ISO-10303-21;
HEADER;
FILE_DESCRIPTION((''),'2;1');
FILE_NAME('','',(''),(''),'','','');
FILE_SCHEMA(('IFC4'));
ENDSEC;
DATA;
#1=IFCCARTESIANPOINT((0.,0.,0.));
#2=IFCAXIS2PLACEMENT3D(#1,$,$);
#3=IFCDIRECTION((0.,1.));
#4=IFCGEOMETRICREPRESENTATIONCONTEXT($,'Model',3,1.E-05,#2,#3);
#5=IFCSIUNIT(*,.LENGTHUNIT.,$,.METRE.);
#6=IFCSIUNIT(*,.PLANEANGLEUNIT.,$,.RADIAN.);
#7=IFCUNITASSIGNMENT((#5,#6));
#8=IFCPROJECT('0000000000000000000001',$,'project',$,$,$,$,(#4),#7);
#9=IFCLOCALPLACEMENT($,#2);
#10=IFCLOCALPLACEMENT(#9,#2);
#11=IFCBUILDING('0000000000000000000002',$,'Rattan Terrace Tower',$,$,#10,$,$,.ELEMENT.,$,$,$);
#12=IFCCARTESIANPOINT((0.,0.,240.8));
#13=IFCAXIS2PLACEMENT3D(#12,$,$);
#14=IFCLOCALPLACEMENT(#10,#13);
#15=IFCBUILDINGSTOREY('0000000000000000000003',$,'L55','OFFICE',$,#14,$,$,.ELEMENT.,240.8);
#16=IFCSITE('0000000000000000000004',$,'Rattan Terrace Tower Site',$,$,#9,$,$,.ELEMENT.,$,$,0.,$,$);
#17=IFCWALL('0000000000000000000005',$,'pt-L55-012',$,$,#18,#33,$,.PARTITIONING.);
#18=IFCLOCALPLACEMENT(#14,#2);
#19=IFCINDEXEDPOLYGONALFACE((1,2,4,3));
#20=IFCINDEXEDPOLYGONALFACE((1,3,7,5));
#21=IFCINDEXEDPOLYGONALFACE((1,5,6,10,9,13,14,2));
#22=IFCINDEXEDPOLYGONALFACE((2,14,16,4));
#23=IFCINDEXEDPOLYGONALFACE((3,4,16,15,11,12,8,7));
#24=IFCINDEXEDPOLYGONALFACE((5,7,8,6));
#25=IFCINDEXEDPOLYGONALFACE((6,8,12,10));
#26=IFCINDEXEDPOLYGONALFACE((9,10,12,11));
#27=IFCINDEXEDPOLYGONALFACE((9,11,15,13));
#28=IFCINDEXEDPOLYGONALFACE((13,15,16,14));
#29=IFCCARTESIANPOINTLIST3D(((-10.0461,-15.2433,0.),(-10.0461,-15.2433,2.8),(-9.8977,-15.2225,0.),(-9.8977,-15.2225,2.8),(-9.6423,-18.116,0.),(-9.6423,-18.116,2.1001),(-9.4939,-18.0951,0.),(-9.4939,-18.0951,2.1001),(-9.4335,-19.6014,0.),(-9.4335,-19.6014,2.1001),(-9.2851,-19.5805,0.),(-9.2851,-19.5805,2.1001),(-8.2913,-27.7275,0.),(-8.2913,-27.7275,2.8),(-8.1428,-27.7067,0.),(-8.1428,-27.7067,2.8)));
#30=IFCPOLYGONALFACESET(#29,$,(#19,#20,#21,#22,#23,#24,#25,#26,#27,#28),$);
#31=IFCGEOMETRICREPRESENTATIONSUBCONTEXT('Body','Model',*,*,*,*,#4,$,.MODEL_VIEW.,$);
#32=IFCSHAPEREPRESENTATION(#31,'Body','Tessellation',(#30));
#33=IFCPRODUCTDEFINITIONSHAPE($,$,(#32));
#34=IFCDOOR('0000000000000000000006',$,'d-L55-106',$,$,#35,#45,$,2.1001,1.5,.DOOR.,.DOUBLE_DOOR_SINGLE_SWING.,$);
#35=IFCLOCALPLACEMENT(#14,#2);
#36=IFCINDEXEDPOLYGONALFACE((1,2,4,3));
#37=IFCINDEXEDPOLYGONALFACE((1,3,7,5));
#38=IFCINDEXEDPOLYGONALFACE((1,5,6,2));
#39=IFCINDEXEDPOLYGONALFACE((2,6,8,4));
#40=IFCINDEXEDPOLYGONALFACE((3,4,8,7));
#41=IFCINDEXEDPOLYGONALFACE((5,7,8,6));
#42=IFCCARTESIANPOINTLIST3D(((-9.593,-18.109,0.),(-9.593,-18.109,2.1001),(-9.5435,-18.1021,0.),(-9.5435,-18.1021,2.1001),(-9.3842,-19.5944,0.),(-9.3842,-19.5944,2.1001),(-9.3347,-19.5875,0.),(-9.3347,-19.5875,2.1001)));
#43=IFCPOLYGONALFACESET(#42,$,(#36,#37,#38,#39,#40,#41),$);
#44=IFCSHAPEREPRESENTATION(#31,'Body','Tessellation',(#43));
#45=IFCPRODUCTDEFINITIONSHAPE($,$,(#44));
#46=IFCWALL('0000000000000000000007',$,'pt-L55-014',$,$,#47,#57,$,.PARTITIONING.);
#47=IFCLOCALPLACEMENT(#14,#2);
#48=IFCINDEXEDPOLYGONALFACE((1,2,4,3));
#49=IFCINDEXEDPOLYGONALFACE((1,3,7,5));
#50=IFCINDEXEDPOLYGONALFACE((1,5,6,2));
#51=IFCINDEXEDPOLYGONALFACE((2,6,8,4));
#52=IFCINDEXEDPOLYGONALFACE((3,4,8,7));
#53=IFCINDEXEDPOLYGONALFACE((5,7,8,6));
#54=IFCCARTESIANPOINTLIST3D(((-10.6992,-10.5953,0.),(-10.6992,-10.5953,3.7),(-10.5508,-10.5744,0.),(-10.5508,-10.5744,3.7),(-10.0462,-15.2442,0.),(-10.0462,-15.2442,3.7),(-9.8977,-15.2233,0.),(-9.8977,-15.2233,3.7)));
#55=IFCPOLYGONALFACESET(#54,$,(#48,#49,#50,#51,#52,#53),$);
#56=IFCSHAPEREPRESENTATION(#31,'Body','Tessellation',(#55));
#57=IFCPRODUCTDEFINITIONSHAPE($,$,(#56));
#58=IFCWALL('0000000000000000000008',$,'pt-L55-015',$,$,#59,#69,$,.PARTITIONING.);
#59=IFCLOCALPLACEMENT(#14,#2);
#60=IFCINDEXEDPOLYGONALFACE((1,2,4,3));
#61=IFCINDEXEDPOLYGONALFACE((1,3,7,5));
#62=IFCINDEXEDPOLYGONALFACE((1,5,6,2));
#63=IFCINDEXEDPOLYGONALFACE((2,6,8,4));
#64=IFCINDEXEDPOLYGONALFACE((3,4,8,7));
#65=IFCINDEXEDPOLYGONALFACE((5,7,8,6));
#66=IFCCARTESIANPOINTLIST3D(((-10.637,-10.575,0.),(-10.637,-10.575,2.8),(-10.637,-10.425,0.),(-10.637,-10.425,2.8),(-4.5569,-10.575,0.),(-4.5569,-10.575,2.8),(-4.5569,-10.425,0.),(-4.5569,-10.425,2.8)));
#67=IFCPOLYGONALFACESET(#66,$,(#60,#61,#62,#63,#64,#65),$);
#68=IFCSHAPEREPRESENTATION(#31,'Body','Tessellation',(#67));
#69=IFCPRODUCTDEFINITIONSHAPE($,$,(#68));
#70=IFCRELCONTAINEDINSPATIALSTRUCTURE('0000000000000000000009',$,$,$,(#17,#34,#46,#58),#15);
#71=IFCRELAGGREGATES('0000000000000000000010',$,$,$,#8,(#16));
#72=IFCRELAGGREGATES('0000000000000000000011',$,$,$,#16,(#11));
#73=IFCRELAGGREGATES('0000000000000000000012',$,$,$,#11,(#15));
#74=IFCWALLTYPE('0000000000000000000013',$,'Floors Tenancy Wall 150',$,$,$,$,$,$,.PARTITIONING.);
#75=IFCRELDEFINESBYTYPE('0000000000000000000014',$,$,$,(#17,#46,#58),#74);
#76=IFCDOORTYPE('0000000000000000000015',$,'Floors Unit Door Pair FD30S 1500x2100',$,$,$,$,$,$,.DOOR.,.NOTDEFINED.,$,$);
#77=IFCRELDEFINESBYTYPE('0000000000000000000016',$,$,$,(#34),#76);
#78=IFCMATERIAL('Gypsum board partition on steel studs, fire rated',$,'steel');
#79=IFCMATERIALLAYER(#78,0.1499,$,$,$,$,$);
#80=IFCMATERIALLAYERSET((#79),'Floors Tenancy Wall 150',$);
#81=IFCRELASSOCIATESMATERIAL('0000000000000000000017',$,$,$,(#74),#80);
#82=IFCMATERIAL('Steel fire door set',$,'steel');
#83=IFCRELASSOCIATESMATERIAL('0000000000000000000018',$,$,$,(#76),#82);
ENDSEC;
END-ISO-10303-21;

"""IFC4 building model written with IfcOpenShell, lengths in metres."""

from ifc_helpers import new_model, si_unit, direction, frame, frame_2d, origin, place, context, subcontext, project, spatial, rectangle, extrude, material, layer, layer_set, type_object, element, fill, save


model = new_model("IFC4")

# Units and contexts
model_context = context("Model", 3, precision=1e-05, world=origin(), true_north=direction((0.0, 1.0)))
body_context = subcontext(model_context, "Body", "Model", "MODEL_VIEW")
ifc_project = project(units=[si_unit("LENGTHUNIT", "METRE"), si_unit("PLANEANGLEUNIT", "RADIAN")], contexts=[model_context])

# Site, building, storey
site_placement = place(None, origin())
site = spatial("IfcSite", under=ifc_project, at=site_placement, Name="Rattan Terrace Tower Site", CompositionType="ELEMENT", RefElevation=0.0)
building_placement = place(site_placement, origin())
building = spatial("IfcBuilding", under=site, at=building_placement, Name="Rattan Terrace Tower", CompositionType="ELEMENT")
storey_placement = place(building_placement, frame((0.0, 0.0, 240.8)))
storey = spatial("IfcBuildingStorey", under=building, at=storey_placement, Name="L55", Description="OFFICE", CompositionType="ELEMENT", Elevation=240.8)

# Shared definitions
ifc_material_1 = material(Name="Gypsum board partition on steel studs, fire rated", Category="steel")
ifc_layer_1 = layer(ifc_material_1, 0.1499)
ifc_layer_set_1 = layer_set([ifc_layer_1], Name="Floors Tenancy Wall 150")
wall_type_1 = type_object("IfcWallType", Name="Floors Tenancy Wall 150", PredefinedType="PARTITIONING", material=ifc_layer_set_1)

# Wall, opening, door
wall_1_placement = place(storey_placement, frame((-9.9719, -15.2329, 0.0), z_axis=(0.0, 0.0, 1.0), x_axis=(0.139201, -0.990264, 0.0)))
wall_1 = element("IfcWall", 1, at=wall_1_placement, inside=storey, type_object=wall_type_1, Name="pt-L55-012", PredefinedType="PARTITIONING", context=body_context, shape_type="SweptSolid", body=[
    extrude(rectangle(XDim=12.6069, YDim=0.1499, at=frame_2d((6.3035, 0.0))), origin(), (0.0, 0.0, 1.0), 2.8),
])
opening_1_placement = place(wall_1_placement, frame((2.9009, 0.0, 0.0)))
opening_1 = element("IfcOpeningElement", 2, at=opening_1_placement, cuts=wall_1, PredefinedType="OPENING", context=body_context, shape_type="SweptSolid", body=[
    extrude(rectangle(XDim=1.5, YDim=2.1001, at=frame_2d((0.75, 1.05))), frame((0.0, 0.0854, 0.0), z_axis=(0.0, -1.0, 0.0), x_axis=(1.0, 0.0, 0.0)), (0.0, 0.0, 1.0), 0.1709),
])
ifc_material_2 = material(Name="Steel fire door set", Category="steel")
door_type_1 = type_object("IfcDoorType", Name="Floors Unit Door Pair FD30S 1500x2100", OperationType="NOTDEFINED", PredefinedType="DOOR", material=ifc_material_2)
door_1_placement = place(opening_1_placement, origin())
door_1 = element("IfcDoor", 3, at=door_1_placement, inside=storey, type_object=door_type_1, Name="d-L55-106", OperationType="DOUBLE_DOOR_SINGLE_SWING", OverallHeight=2.1001, OverallWidth=1.5, PredefinedType="DOOR", context=body_context, shape_type="SweptSolid", body=[
    extrude(rectangle(XDim=1.5, YDim=2.1001, at=frame_2d((0.75, 1.05))), frame((0.0, 0.0249, 0.0), z_axis=(0.0, -1.0, 0.0), x_axis=(1.0, 0.0, 0.0)), (0.0, 0.0, 1.0), 0.05),
])
fill(opening_1, door_1)

# Walls
wall_2_placement = place(storey_placement, frame((-10.625, -10.585, 0.0), z_axis=(0.0, 0.0, 1.0), x_axis=(0.139113, -0.990277, 0.0)))
element("IfcWall", 4, at=wall_2_placement, inside=storey, type_object=wall_type_1, Name="pt-L55-014", PredefinedType="PARTITIONING", context=body_context, shape_type="SweptSolid", body=[
    extrude(rectangle(XDim=4.6946, YDim=0.1499, at=frame_2d((2.3472, 0.0))), origin(), (0.0, 0.0, 1.0), 3.7),
])
wall_3_placement = place(storey_placement, frame((-4.5569, -10.5, 0.0), z_axis=(0.0, 0.0, 1.0), x_axis=(-1.0, 0.0, 0.0)))
element("IfcWall", 5, at=wall_3_placement, inside=storey, type_object=wall_type_1, Name="pt-L55-015", PredefinedType="PARTITIONING", context=body_context, shape_type="SweptSolid", body=[
    extrude(rectangle(XDim=6.0801, YDim=0.1499, at=frame_2d((3.04, 0.0))), origin(), (0.0, 0.0, 1.0), 2.8),
])

save(model, "model.ifc")
